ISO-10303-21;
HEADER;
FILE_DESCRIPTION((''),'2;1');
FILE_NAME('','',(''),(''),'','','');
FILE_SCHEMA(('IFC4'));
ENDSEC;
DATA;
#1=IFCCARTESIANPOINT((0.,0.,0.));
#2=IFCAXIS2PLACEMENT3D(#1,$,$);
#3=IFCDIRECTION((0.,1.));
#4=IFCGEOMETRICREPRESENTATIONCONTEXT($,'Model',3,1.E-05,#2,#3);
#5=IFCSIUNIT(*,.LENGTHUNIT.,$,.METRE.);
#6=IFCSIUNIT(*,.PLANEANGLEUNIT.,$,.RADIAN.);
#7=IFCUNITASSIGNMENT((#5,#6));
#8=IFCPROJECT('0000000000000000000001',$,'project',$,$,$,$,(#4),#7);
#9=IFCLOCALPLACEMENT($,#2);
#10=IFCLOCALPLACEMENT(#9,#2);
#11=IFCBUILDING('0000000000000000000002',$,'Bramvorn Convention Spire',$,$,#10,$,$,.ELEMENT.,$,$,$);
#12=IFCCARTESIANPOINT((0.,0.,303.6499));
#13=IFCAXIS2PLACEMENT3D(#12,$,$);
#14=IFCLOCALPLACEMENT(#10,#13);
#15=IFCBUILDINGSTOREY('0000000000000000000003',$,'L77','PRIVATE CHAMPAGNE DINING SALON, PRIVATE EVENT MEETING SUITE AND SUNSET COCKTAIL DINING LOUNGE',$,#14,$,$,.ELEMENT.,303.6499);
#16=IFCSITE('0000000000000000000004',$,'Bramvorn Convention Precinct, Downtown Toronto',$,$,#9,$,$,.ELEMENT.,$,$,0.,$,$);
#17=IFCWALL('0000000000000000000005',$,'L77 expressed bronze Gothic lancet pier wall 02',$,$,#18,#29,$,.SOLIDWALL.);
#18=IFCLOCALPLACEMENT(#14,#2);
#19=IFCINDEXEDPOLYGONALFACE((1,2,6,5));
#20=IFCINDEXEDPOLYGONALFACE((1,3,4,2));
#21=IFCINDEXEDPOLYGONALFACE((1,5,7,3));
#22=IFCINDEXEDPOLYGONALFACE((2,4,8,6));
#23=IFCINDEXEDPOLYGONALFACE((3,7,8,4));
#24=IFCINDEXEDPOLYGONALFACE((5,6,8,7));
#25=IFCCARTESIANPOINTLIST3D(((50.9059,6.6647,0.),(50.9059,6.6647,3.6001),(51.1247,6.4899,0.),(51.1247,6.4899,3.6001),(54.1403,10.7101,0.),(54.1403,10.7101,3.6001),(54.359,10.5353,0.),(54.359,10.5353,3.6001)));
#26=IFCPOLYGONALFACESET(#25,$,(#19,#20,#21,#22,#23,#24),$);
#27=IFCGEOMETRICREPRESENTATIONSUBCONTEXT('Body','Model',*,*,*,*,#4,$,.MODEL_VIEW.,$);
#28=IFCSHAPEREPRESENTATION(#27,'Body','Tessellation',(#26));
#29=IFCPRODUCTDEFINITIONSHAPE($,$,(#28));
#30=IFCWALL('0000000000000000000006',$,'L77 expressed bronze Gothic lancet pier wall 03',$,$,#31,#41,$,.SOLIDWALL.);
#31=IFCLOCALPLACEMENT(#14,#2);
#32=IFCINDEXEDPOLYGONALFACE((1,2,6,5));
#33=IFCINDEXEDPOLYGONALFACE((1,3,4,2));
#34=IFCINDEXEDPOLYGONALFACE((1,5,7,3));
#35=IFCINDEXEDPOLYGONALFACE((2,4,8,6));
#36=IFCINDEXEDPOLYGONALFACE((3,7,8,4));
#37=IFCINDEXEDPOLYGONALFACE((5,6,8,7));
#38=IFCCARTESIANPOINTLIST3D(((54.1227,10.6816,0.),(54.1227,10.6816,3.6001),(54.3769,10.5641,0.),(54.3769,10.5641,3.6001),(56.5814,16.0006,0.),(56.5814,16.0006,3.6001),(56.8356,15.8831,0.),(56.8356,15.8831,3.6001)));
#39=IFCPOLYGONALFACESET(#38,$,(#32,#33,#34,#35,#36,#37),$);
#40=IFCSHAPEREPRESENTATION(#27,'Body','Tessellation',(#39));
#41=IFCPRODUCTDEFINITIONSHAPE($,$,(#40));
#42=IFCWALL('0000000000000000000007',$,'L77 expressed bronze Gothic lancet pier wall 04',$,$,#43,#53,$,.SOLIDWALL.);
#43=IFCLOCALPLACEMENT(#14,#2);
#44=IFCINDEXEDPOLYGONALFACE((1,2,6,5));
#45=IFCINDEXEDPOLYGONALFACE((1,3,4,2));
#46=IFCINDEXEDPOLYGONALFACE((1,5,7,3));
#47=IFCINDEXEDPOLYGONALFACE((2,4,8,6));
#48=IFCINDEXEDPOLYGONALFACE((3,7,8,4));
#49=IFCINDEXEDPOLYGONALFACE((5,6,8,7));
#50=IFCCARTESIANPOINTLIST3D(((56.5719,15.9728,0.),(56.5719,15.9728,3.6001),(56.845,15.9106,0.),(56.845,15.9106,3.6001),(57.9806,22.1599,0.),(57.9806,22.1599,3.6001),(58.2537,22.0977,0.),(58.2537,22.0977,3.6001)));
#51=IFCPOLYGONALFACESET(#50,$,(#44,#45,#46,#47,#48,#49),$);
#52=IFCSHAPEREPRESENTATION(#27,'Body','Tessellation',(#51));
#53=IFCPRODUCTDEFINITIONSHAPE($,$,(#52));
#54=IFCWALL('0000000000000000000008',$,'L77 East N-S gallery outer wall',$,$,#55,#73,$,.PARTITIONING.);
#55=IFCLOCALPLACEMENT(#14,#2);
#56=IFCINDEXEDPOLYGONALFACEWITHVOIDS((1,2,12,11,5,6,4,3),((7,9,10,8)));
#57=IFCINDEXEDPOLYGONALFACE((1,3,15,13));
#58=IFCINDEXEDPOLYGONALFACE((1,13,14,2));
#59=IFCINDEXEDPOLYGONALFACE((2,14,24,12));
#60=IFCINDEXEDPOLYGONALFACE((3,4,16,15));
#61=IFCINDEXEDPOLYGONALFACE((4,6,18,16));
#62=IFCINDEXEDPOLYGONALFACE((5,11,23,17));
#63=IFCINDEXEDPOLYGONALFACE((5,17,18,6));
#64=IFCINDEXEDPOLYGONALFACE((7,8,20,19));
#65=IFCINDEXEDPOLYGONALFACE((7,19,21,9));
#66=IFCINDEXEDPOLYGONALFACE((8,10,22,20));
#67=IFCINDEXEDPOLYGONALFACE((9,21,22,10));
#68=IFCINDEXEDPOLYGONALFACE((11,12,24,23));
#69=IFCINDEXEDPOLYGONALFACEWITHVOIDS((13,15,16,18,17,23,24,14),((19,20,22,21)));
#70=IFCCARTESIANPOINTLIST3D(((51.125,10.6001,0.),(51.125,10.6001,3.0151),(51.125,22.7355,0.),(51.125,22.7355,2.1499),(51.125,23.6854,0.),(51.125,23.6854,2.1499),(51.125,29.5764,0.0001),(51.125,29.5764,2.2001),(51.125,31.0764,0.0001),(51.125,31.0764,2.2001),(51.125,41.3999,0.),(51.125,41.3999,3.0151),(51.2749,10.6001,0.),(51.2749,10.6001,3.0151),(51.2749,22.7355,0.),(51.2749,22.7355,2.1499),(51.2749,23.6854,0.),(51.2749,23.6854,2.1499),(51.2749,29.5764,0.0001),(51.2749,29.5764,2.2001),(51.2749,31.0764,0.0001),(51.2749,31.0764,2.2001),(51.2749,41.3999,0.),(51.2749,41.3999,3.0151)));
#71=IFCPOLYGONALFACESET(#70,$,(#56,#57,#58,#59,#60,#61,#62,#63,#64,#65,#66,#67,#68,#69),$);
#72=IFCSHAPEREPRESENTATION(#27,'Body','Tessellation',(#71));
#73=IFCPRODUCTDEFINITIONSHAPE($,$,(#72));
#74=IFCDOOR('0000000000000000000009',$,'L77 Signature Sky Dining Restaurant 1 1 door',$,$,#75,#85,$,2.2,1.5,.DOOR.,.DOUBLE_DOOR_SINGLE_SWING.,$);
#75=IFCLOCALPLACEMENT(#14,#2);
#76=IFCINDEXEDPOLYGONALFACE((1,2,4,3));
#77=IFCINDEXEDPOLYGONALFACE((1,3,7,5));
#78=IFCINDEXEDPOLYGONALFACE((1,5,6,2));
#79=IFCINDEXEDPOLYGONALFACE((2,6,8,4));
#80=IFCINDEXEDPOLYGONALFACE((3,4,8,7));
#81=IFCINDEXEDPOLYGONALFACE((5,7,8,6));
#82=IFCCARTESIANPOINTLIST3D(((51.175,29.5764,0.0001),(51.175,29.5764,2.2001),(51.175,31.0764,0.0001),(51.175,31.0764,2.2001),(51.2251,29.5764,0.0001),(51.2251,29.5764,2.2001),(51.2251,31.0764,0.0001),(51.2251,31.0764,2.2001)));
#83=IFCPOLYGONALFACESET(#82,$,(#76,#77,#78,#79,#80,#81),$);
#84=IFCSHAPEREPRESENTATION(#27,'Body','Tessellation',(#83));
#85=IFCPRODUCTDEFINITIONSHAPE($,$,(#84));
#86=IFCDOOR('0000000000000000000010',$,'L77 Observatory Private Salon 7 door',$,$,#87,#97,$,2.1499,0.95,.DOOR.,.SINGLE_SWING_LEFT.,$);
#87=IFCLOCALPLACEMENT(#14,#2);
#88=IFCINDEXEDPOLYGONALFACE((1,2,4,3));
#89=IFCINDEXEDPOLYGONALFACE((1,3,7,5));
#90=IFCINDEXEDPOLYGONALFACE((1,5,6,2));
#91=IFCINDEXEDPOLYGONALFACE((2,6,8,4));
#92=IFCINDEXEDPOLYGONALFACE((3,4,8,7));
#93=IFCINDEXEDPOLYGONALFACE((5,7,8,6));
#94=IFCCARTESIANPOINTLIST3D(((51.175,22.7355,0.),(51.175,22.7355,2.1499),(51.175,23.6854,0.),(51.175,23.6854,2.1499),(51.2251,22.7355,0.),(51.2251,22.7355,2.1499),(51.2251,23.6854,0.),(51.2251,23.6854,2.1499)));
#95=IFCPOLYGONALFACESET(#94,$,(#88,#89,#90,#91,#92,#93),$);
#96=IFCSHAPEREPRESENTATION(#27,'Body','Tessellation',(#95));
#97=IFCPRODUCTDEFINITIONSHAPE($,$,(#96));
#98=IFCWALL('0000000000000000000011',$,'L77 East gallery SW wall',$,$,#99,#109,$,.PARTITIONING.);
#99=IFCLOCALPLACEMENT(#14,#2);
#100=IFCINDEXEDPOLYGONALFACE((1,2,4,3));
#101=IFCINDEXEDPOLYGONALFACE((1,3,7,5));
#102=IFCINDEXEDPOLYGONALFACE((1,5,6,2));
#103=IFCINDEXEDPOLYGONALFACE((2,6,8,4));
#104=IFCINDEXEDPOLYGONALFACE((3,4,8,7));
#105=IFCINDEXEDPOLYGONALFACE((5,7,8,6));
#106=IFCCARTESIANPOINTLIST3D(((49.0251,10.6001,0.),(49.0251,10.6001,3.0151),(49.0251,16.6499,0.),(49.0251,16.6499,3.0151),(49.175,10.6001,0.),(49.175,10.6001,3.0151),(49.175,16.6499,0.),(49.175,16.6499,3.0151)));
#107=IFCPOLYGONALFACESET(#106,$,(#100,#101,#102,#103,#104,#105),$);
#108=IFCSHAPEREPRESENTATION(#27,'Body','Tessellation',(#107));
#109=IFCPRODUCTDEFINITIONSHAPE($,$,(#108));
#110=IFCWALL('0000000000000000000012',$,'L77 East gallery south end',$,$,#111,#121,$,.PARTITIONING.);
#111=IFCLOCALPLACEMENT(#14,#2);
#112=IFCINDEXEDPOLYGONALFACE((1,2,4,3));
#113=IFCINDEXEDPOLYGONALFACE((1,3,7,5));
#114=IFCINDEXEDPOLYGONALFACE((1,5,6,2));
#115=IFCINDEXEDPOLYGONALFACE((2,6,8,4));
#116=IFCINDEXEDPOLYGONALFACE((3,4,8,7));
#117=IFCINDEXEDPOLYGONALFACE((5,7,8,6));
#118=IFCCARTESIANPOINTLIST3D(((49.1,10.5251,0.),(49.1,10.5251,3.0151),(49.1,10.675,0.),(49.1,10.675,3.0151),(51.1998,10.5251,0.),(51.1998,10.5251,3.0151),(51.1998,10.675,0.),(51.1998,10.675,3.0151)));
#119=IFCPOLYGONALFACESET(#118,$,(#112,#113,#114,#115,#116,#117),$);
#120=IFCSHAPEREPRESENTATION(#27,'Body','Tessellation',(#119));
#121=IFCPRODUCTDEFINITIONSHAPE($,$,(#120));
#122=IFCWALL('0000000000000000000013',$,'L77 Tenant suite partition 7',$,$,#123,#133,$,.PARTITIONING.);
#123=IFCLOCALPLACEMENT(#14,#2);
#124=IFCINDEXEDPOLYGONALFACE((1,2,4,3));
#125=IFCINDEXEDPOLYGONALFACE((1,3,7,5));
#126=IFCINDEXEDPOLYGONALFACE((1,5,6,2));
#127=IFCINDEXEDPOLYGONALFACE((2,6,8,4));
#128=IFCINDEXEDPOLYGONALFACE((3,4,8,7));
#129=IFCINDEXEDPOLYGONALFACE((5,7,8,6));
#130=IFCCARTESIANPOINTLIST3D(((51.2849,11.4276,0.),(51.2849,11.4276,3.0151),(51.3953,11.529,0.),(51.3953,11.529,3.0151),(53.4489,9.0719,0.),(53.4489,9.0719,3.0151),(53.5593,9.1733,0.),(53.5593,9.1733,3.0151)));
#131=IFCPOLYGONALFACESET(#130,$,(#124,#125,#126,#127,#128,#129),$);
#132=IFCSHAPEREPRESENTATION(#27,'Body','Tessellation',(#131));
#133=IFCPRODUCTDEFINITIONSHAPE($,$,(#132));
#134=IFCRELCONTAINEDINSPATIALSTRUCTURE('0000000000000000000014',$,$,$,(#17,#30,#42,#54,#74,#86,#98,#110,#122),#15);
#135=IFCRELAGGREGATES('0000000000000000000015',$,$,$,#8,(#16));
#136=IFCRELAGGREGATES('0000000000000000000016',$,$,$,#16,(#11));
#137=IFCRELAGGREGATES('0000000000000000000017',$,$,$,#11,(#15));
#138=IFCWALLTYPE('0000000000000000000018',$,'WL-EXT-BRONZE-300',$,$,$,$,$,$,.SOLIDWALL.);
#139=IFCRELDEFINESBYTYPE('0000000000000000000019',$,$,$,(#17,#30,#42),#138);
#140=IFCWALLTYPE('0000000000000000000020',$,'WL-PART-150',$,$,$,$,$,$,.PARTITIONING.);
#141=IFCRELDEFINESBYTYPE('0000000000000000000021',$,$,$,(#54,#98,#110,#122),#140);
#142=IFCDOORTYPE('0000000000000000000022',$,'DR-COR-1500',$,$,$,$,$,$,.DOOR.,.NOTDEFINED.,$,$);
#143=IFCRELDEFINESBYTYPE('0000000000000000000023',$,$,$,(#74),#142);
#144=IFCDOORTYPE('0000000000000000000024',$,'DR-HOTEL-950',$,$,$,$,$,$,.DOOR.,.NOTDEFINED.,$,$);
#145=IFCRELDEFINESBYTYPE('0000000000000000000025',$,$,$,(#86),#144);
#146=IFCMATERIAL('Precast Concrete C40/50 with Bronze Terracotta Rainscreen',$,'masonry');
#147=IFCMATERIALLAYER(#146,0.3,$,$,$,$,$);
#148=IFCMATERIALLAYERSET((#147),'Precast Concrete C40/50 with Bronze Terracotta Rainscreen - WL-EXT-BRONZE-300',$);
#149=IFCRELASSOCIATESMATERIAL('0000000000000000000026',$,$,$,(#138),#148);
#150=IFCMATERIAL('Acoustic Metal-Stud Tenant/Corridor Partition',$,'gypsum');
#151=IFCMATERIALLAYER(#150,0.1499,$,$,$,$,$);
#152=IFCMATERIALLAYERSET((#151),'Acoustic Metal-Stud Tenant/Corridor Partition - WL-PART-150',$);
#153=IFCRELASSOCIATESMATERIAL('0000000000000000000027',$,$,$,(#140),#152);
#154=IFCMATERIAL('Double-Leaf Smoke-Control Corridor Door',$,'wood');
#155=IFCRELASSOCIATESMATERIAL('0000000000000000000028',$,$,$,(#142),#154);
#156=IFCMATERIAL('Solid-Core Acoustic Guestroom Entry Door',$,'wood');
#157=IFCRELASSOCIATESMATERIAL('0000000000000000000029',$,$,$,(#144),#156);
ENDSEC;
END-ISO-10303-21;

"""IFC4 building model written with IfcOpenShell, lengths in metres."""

from ifc_helpers import new_model, si_unit, direction, frame, frame_2d, origin, place, context, subcontext, project, spatial, rectangle, extrude, material, layer, layer_set, type_object, element, fill, save


model = new_model("IFC4")

# Units and contexts
model_context = context("Model", 3, precision=1e-05, world=origin(), true_north=direction((0.0, 1.0)))
body_context = subcontext(model_context, "Body", "Model", "MODEL_VIEW")
ifc_project = project(units=[si_unit("LENGTHUNIT", "METRE"), si_unit("PLANEANGLEUNIT", "RADIAN")], contexts=[model_context])

# Site, building, storey
site_placement = place(None, origin())
site = spatial("IfcSite", under=ifc_project, at=site_placement, Name="Bramvorn Convention Precinct, Downtown Toronto", CompositionType="ELEMENT", RefElevation=0.0)
building_placement = place(site_placement, origin())
building = spatial("IfcBuilding", under=site, at=building_placement, Name="Bramvorn Convention Spire", CompositionType="ELEMENT")
storey_placement = place(building_placement, frame((0.0, 0.0, 303.6499)))
storey = spatial("IfcBuildingStorey", under=building, at=storey_placement, Name="L77", Description="PRIVATE CHAMPAGNE DINING SALON, PRIVATE EVENT MEETING SUITE AND SUNSET COCKTAIL DINING LOUNGE", CompositionType="ELEMENT", Elevation=303.6499)

# Walls
ifc_material_1 = material(Name="Precast Concrete C40/50 with Bronze Terracotta Rainscreen", Category="masonry")
ifc_layer_1 = layer(ifc_material_1, 0.3)
ifc_layer_set_1 = layer_set([ifc_layer_1], Name="Precast Concrete C40/50 with Bronze Terracotta Rainscreen - WL-EXT-BRONZE-300")
wall_type_1 = type_object("IfcWallType", Name="WL-EXT-BRONZE-300", PredefinedType="SOLIDWALL", material=ifc_layer_set_1)
wall_1_placement = place(storey_placement, frame((54.2498, 10.6228, 0.0), z_axis=(0.0, 0.0, 1.0), x_axis=(-0.624465, -0.781053, 0.0)))
element("IfcWall", 1, at=wall_1_placement, inside=storey, type_object=wall_type_1, Name="L77 expressed bronze Gothic lancet pier wall 02", PredefinedType="SOLIDWALL", context=body_context, shape_type="SweptSolid", body=[
    extrude(rectangle(XDim=5.1794, YDim=0.28, at=frame_2d((2.5898, 0.0))), origin(), (0.0, 0.0, 1.0), 3.6001),
])
wall_2_placement = place(storey_placement, frame((56.7085, 15.9419, 0.0), z_axis=(0.0, 0.0, 1.0), x_axis=(-0.419589, -0.907714, 0.0)))
element("IfcWall", 2, at=wall_2_placement, inside=storey, type_object=wall_type_1, Name="L77 expressed bronze Gothic lancet pier wall 03", PredefinedType="SOLIDWALL", context=body_context, shape_type="SweptSolid", body=[
    extrude(rectangle(XDim=5.8599, YDim=0.28, at=frame_2d((2.9299, 0.0))), origin(), (0.0, 0.0, 1.0), 3.6001),
])
wall_3_placement = place(storey_placement, frame((58.1172, 22.1289, 0.0), z_axis=(0.0, 0.0, 1.0), x_axis=(-0.222004, -0.975046, 0.0)))
element("IfcWall", 3, at=wall_3_placement, inside=storey, type_object=wall_type_1, Name="L77 expressed bronze Gothic lancet pier wall 04", PredefinedType="SOLIDWALL", context=body_context, shape_type="SweptSolid", body=[
    extrude(rectangle(XDim=6.3455, YDim=0.28, at=frame_2d((3.1729, 0.0))), origin(), (0.0, 0.0, 1.0), 3.6001),
])

# Wall, openings, doors
ifc_material_2 = material(Name="Acoustic Metal-Stud Tenant/Corridor Partition", Category="gypsum")
ifc_layer_2 = layer(ifc_material_2, 0.1499)
ifc_layer_set_2 = layer_set([ifc_layer_2], Name="Acoustic Metal-Stud Tenant/Corridor Partition - WL-PART-150")
wall_type_2 = type_object("IfcWallType", Name="WL-PART-150", PredefinedType="PARTITIONING", material=ifc_layer_set_2)
wall_4_placement = place(storey_placement, frame((51.2, 10.6001, 0.0), z_axis=(0.0, 0.0, 1.0), x_axis=(0.0, 1.0, 0.0)))
wall_4 = element("IfcWall", 4, at=wall_4_placement, inside=storey, type_object=wall_type_2, Name="L77 East N-S gallery outer wall", PredefinedType="PARTITIONING", context=body_context, shape_type="SweptSolid", body=[
    extrude(rectangle(XDim=30.7998, YDim=0.1499, at=frame_2d((15.3999, 0.0))), origin(), (0.0, 0.0, 1.0), 3.0151),
])
opening_1_placement = place(wall_4_placement, frame((18.9763, 0.0, 0.0)))
opening_1 = element("IfcOpeningElement", 5, at=opening_1_placement, cuts=wall_4, PredefinedType="OPENING", context=body_context, shape_type="SweptSolid", body=[
    extrude(rectangle(XDim=1.5, YDim=2.2, at=frame_2d((0.75, 1.1001))), frame((0.0, 0.085, 0.0), z_axis=(0.0, -1.0, 0.0), x_axis=(1.0, 0.0, 0.0)), (0.0, 0.0, 1.0), 0.1699),
])
opening_2_placement = place(wall_4_placement, frame((12.1353, 0.0, 0.0)))
opening_2 = element("IfcOpeningElement", 6, at=opening_2_placement, cuts=wall_4, PredefinedType="OPENING", context=body_context, shape_type="SweptSolid", body=[
    extrude(rectangle(XDim=0.95, YDim=2.1499, at=frame_2d((0.4751, 1.075))), frame((0.0, 0.085, 0.0), z_axis=(0.0, -1.0, 0.0), x_axis=(1.0, 0.0, 0.0)), (0.0, 0.0, 1.0), 0.1699),
])
ifc_material_3 = material(Name="Double-Leaf Smoke-Control Corridor Door", Category="wood")
door_type_1 = type_object("IfcDoorType", Name="DR-COR-1500", OperationType="NOTDEFINED", PredefinedType="DOOR", material=ifc_material_3)
door_1_placement = place(opening_1_placement, origin())
door_1 = element("IfcDoor", 7, at=door_1_placement, inside=storey, type_object=door_type_1, Name="L77 Signature Sky Dining Restaurant 1 1 door", OperationType="DOUBLE_DOOR_SINGLE_SWING", OverallHeight=2.2, OverallWidth=1.5, PredefinedType="DOOR", context=body_context, shape_type="SweptSolid", body=[
    extrude(rectangle(XDim=1.5, YDim=2.2, at=frame_2d((0.75, 1.1001))), frame((0.0, 0.0249, 0.0), z_axis=(0.0, -1.0, 0.0), x_axis=(1.0, 0.0, 0.0)), (0.0, 0.0, 1.0), 0.05),
])
fill(opening_1, door_1)
ifc_material_4 = material(Name="Solid-Core Acoustic Guestroom Entry Door", Category="wood")
door_type_2 = type_object("IfcDoorType", Name="DR-HOTEL-950", OperationType="NOTDEFINED", PredefinedType="DOOR", material=ifc_material_4)
door_2_placement = place(opening_2_placement, origin())
door_2 = element("IfcDoor", 8, at=door_2_placement, inside=storey, type_object=door_type_2, Name="L77 Observatory Private Salon 7 door", OperationType="SINGLE_SWING_LEFT", OverallHeight=2.1499, OverallWidth=0.95, PredefinedType="DOOR", context=body_context, shape_type="SweptSolid", body=[
    extrude(rectangle(XDim=0.95, YDim=2.1499, at=frame_2d((0.4751, 1.075))), frame((0.0, 0.0249, 0.0), z_axis=(0.0, -1.0, 0.0), x_axis=(1.0, 0.0, 0.0)), (0.0, 0.0, 1.0), 0.05),
])
fill(opening_2, door_2)

# Walls
wall_5_placement = place(storey_placement, frame((49.1001, 10.6001, 0.0), z_axis=(0.0, 0.0, 1.0), x_axis=(0.0, 1.0, 0.0)))
element("IfcWall", 9, at=wall_5_placement, inside=storey, type_object=wall_type_2, Name="L77 East gallery SW wall", PredefinedType="PARTITIONING", context=body_context, shape_type="SweptSolid", body=[
    extrude(rectangle(XDim=6.0498, YDim=0.1499, at=frame_2d((3.0249, 0.0))), origin(), (0.0, 0.0, 1.0), 3.0151),
])
wall_6_placement = place(storey_placement, frame((49.1001, 10.6001, 0.0), z_axis=(0.0, 0.0, 1.0), x_axis=(1.0, 0.0, 0.0)))
element("IfcWall", 10, at=wall_6_placement, inside=storey, type_object=wall_type_2, Name="L77 East gallery south end", PredefinedType="PARTITIONING", context=body_context, shape_type="SweptSolid", body=[
    extrude(rectangle(XDim=2.0999, YDim=0.1499, at=frame_2d((1.0498, 0.0))), origin(), (0.0, 0.0, 1.0), 3.0151),
])
wall_7_placement = place(storey_placement, frame((51.3401, 11.4783, 0.0), z_axis=(0.0, 0.0, 1.0), x_axis=(0.676516, -0.736428, 0.0)))
element("IfcWall", 11, at=wall_7_placement, inside=storey, type_object=wall_type_2, Name="L77 Tenant suite partition 7", PredefinedType="PARTITIONING", context=body_context, shape_type="SweptSolid", body=[
    extrude(rectangle(XDim=3.1987, YDim=0.1499, at=frame_2d((1.5994, 0.0))), origin(), (0.0, 0.0, 1.0), 3.0151),
])

save(model, "model.ifc")
